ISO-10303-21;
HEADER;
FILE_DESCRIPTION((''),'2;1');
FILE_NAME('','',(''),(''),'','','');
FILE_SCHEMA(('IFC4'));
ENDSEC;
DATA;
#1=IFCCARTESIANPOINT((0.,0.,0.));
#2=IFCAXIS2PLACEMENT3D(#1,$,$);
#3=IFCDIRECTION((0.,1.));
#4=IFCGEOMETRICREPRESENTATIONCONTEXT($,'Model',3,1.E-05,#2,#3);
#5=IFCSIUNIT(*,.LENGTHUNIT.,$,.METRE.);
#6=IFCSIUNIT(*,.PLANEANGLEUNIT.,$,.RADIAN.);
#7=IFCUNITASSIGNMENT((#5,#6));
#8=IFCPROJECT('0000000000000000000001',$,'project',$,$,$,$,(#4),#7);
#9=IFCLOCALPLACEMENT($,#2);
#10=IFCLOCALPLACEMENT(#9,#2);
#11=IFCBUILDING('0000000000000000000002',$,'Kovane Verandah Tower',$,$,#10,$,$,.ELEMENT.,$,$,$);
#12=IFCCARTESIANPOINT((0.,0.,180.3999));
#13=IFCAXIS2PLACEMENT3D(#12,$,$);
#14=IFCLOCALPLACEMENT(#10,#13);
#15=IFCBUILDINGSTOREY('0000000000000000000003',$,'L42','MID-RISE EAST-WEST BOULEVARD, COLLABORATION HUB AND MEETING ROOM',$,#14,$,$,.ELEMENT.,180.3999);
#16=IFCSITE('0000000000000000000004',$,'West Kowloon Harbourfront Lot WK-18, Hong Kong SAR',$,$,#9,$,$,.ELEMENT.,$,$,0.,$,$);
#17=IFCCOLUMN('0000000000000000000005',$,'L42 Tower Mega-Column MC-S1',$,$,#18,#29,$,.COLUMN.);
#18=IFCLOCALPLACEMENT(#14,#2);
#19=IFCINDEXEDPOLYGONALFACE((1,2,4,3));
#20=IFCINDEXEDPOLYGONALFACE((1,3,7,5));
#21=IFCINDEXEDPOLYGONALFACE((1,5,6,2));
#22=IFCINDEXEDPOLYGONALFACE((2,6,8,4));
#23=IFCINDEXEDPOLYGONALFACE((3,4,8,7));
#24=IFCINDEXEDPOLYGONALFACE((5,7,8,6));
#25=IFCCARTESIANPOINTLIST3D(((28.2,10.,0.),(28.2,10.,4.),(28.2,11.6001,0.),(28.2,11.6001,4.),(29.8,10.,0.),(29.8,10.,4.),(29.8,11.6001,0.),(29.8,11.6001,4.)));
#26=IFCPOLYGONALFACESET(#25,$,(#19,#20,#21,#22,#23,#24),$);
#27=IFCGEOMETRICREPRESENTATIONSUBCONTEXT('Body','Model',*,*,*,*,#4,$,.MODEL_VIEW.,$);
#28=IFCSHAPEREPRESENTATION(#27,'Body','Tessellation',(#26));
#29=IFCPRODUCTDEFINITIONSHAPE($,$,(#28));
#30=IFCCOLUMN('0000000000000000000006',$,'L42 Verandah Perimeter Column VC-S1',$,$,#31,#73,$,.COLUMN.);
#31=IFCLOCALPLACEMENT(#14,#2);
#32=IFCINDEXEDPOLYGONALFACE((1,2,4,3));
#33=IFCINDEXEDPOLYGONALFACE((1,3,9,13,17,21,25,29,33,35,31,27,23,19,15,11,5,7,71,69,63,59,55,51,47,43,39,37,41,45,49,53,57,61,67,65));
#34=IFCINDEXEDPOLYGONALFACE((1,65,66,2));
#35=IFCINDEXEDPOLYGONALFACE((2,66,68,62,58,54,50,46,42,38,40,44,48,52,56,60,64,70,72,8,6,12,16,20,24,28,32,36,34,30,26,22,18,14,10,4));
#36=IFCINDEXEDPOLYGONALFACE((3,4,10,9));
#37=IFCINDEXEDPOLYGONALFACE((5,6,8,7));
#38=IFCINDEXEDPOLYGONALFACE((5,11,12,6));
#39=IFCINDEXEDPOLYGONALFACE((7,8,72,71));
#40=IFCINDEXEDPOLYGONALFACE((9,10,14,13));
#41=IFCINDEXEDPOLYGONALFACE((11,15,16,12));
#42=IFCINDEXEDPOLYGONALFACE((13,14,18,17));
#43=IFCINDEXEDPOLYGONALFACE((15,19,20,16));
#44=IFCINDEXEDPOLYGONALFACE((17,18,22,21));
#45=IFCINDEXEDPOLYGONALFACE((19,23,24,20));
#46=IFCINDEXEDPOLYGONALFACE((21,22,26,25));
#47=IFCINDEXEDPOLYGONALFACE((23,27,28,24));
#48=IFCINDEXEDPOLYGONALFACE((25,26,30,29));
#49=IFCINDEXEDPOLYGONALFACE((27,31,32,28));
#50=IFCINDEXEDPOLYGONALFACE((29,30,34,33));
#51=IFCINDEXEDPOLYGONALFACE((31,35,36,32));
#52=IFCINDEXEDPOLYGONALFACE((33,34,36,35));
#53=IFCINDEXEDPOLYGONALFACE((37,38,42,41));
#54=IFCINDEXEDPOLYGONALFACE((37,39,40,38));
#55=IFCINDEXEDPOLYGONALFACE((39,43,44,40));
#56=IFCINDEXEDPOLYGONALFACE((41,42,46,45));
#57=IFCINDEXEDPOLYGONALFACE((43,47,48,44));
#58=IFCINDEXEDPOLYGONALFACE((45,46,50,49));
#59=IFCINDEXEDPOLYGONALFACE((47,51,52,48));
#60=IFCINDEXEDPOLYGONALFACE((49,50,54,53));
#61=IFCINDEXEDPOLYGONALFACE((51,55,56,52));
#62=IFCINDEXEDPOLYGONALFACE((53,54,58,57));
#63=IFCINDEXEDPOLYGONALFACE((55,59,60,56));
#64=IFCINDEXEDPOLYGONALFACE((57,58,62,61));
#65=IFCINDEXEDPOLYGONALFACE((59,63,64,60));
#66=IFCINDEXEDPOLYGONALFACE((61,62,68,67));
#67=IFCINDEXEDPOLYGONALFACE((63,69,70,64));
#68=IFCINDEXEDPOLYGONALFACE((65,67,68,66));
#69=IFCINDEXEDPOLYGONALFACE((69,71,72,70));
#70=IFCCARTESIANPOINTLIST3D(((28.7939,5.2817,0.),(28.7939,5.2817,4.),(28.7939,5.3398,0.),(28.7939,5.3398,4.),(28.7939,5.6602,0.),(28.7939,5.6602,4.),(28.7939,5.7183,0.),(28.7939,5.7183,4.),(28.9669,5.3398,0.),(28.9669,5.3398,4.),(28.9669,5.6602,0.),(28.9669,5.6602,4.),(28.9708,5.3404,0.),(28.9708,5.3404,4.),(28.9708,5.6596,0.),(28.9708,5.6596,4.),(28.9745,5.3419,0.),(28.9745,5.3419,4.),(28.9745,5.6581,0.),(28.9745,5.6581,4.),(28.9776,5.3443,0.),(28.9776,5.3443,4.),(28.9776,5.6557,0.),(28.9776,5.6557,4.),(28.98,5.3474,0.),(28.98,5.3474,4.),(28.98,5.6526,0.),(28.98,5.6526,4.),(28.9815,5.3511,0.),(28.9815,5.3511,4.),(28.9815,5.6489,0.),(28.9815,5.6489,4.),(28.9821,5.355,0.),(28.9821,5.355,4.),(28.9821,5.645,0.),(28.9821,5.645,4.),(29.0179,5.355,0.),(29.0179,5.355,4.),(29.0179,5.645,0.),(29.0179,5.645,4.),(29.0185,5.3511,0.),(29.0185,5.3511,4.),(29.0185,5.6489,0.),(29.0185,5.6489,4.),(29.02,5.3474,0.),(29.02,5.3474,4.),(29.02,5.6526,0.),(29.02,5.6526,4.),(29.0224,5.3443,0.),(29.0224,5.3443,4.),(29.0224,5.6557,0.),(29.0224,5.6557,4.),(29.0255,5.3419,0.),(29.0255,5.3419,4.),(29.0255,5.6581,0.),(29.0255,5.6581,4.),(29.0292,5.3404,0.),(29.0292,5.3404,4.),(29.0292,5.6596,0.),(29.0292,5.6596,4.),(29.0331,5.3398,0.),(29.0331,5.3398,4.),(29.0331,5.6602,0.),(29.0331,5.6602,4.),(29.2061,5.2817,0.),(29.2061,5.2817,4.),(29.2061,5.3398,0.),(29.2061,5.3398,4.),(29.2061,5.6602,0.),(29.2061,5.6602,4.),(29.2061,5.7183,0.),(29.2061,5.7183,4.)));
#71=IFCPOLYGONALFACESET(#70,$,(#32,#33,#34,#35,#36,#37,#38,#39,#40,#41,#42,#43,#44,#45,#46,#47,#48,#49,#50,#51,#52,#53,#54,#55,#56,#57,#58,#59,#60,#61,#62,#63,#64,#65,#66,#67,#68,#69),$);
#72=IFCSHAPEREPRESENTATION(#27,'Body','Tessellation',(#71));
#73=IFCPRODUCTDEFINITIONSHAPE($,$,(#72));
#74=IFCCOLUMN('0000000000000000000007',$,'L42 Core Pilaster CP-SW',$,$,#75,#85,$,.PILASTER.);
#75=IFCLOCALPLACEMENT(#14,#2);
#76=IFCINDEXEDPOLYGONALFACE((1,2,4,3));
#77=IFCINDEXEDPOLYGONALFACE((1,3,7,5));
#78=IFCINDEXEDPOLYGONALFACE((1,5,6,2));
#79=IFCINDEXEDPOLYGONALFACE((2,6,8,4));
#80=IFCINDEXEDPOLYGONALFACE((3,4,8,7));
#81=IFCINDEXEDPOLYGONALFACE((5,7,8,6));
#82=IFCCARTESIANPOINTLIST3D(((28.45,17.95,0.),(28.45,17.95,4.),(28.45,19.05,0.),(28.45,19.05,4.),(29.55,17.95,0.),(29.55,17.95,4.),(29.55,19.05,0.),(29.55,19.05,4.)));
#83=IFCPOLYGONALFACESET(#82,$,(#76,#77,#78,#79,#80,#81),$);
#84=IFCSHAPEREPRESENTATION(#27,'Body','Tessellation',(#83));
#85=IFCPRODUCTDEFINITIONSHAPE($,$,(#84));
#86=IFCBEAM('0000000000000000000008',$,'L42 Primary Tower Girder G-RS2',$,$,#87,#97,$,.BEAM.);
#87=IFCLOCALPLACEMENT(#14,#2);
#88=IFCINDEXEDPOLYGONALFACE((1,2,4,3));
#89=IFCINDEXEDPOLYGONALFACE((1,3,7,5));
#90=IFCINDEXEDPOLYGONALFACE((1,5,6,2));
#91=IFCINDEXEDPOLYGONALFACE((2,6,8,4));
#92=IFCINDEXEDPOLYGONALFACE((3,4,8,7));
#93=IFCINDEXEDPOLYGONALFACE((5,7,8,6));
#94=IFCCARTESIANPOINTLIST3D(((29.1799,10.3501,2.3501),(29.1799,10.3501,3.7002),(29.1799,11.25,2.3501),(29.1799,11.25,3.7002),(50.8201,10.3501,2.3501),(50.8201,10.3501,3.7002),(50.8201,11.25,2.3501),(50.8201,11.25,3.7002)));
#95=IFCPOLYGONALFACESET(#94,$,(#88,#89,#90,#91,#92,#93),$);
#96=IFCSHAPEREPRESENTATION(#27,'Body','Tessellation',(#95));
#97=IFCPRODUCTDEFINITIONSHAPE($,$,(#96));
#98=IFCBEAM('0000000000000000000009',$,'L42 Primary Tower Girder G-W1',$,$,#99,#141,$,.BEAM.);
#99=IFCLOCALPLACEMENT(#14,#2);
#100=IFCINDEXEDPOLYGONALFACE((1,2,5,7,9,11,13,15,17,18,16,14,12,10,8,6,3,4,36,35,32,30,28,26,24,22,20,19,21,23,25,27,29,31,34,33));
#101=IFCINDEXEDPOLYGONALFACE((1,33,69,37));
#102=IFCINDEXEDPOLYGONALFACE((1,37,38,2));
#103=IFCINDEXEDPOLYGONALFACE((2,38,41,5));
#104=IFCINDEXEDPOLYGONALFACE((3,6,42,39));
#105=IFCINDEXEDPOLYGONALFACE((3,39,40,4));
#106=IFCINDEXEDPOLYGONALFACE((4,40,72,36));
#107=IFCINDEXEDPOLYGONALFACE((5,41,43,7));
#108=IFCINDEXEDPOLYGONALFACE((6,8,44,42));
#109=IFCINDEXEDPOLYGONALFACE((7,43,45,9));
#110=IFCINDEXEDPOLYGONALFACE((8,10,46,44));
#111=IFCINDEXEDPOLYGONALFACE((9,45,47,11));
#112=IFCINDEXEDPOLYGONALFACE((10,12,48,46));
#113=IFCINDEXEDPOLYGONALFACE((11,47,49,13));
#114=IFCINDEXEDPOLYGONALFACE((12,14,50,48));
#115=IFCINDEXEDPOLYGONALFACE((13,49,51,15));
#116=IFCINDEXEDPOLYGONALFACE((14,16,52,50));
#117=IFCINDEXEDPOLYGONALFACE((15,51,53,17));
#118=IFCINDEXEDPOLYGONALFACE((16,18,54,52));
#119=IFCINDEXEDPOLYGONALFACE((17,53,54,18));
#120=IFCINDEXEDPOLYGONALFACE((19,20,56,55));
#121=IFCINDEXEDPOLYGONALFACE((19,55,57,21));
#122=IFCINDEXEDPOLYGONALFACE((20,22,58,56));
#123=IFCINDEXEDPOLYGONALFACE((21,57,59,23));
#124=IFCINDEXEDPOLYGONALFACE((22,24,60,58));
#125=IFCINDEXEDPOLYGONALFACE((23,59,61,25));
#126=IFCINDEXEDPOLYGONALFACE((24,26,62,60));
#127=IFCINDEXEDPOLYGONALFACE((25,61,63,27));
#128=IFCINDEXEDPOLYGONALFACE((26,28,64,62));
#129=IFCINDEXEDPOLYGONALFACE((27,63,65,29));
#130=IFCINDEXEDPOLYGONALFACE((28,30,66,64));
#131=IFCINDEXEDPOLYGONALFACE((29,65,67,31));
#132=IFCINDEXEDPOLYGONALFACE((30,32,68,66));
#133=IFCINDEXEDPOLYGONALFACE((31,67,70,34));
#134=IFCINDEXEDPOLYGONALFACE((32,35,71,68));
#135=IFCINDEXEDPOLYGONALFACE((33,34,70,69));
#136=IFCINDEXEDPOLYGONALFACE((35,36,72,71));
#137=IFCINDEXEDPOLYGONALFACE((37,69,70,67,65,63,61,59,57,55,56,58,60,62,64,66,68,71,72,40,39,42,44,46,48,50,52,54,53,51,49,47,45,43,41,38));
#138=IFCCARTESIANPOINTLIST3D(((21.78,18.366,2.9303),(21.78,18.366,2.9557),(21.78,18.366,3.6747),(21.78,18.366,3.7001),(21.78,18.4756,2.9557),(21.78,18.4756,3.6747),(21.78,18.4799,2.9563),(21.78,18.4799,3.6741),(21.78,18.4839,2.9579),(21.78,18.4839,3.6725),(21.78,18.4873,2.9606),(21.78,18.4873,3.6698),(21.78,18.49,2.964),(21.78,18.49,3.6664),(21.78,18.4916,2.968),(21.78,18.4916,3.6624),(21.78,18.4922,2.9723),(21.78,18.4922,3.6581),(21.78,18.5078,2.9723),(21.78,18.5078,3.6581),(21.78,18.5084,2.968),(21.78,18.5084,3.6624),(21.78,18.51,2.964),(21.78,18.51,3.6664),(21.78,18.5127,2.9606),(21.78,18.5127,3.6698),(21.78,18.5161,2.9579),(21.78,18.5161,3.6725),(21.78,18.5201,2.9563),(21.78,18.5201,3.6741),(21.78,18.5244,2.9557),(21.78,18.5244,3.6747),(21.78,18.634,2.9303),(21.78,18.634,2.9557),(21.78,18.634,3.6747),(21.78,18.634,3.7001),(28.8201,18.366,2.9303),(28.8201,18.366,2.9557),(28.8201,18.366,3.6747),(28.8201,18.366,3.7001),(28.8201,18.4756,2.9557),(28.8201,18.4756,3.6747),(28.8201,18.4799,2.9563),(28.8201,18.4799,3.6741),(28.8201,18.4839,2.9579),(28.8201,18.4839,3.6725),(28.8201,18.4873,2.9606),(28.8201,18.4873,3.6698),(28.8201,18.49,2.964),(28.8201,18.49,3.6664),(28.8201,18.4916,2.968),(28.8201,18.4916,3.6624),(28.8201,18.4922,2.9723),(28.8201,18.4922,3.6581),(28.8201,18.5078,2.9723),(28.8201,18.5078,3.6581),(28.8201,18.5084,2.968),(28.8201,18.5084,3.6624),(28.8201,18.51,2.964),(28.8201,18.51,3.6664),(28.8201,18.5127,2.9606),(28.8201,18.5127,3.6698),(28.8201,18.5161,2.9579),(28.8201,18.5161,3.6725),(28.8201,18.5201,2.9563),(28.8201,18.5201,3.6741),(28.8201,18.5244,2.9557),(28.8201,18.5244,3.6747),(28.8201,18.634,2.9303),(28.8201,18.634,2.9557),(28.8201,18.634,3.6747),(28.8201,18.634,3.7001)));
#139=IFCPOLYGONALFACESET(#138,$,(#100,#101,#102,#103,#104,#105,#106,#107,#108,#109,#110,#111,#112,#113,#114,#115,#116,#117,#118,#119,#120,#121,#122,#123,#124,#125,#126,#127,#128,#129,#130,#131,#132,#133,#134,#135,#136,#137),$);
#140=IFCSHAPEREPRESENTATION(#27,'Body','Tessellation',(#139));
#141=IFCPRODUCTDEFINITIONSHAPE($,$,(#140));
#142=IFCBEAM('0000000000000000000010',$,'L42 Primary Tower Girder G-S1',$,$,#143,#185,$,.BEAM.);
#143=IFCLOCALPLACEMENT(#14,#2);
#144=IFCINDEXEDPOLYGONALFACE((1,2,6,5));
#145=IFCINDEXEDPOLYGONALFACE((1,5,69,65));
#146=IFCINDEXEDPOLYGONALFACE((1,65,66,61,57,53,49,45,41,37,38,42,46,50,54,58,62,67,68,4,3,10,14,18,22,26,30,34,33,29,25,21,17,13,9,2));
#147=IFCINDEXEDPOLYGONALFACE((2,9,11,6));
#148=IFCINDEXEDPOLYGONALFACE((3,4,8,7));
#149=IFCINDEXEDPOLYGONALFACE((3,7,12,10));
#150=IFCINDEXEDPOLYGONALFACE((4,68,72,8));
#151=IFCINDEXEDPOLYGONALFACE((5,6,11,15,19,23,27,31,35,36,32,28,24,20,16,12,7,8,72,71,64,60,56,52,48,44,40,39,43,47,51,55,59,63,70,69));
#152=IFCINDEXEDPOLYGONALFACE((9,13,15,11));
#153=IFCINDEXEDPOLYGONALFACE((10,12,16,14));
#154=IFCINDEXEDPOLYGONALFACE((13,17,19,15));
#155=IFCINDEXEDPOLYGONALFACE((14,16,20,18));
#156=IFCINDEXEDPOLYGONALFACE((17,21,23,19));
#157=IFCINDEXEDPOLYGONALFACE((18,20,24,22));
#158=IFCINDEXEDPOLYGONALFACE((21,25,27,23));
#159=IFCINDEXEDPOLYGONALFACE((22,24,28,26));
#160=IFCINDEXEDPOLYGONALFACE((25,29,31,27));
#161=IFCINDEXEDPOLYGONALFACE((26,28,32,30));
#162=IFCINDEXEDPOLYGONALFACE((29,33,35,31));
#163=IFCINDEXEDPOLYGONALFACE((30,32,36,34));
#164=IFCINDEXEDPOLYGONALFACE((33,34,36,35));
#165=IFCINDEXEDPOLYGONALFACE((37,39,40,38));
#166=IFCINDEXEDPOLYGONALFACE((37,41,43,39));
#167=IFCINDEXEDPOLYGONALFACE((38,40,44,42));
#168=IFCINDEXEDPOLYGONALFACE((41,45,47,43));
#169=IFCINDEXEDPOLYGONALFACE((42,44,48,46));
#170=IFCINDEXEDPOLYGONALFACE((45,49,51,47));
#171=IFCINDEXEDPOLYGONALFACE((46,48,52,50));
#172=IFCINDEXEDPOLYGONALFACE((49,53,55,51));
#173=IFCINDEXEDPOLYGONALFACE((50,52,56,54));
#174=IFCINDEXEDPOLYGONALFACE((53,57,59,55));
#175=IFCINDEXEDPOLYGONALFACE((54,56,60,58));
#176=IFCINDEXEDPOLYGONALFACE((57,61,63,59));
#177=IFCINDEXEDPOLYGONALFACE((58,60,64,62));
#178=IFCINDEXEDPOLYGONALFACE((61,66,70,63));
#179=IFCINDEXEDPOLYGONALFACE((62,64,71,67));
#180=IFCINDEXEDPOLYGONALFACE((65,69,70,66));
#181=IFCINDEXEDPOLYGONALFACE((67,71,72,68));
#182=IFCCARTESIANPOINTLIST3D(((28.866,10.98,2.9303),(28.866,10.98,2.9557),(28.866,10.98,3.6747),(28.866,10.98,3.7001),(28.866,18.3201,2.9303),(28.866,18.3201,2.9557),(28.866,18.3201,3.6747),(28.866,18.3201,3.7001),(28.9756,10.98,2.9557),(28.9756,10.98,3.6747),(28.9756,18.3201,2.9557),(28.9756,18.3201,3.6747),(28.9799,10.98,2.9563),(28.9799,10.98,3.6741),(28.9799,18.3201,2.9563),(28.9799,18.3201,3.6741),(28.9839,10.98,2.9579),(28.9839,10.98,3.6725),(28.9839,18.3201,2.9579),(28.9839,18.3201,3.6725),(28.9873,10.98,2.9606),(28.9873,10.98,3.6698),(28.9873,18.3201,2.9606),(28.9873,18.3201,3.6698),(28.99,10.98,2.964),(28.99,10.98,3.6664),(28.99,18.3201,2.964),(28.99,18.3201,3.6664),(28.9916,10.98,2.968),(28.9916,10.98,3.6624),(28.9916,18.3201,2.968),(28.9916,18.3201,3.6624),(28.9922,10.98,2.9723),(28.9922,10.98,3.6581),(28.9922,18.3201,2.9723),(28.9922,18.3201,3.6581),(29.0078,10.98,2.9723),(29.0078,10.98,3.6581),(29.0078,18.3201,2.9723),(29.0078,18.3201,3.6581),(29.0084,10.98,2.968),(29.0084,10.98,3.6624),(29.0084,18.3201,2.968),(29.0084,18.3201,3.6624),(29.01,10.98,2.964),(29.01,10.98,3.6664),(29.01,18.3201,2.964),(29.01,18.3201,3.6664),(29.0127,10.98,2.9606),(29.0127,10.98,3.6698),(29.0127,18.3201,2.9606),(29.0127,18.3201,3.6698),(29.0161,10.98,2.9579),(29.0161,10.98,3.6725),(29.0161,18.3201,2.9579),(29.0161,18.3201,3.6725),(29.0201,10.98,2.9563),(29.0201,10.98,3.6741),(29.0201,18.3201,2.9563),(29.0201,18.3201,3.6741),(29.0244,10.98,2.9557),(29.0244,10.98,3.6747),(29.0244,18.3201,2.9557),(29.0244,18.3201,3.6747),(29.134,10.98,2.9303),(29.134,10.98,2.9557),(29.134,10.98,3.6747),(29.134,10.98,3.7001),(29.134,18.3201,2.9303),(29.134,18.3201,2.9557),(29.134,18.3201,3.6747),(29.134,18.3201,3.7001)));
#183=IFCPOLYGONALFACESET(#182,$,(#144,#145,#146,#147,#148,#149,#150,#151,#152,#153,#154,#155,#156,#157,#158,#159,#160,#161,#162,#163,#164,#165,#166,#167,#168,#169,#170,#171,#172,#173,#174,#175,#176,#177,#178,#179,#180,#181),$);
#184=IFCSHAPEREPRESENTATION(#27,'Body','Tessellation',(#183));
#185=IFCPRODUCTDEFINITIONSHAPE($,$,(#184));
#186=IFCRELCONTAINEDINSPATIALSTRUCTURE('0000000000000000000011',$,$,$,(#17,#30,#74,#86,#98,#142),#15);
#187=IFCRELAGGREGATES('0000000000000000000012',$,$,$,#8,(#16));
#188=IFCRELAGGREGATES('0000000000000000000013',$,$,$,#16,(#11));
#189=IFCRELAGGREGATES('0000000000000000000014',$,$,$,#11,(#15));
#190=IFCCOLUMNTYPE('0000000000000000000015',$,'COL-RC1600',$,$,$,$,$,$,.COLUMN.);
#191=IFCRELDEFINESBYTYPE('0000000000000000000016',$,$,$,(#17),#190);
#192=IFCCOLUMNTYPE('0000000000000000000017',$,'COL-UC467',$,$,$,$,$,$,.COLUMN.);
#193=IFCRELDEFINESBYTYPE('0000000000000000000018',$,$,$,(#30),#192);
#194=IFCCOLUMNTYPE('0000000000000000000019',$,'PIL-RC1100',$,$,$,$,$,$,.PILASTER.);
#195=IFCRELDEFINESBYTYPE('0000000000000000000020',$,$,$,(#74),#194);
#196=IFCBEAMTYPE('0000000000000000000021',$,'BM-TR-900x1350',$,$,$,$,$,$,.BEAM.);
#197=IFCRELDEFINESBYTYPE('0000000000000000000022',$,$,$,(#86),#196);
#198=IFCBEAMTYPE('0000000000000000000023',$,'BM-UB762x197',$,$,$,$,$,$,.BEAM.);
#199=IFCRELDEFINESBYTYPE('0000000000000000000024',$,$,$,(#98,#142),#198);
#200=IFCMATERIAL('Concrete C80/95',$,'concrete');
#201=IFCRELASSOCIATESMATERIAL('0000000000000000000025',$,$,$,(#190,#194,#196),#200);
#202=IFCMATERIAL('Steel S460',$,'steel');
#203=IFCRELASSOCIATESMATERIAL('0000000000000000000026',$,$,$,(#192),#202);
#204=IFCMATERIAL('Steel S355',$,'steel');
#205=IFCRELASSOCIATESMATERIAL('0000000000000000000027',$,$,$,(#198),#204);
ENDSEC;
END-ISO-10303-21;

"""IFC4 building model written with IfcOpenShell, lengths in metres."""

from ifc_helpers import new_model, si_unit, direction, frame, origin, origin_2d, place, context, subcontext, project, spatial, rectangle, i_section, extrude, material, material_profile, profile_set, type_object, element, save


model = new_model("IFC4")

# Units and contexts
model_context = context("Model", 3, precision=1e-05, world=origin(), true_north=direction((0.0, 1.0)))
body_context = subcontext(model_context, "Body", "Model", "MODEL_VIEW")
ifc_project = project(units=[si_unit("LENGTHUNIT", "METRE"), si_unit("PLANEANGLEUNIT", "RADIAN")], contexts=[model_context])

# Site, building, storey
site_placement = place(None, origin())
site = spatial("IfcSite", under=ifc_project, at=site_placement, Name="West Kowloon Harbourfront Lot WK-18, Hong Kong SAR", CompositionType="ELEMENT", RefElevation=0.0)
building_placement = place(site_placement, origin())
building = spatial("IfcBuilding", under=site, at=building_placement, Name="Kovane Verandah Tower", CompositionType="ELEMENT")
storey_placement = place(building_placement, frame((0.0, 0.0, 180.3999)))
storey = spatial("IfcBuildingStorey", under=building, at=storey_placement, Name="L42", Description="MID-RISE EAST-WEST BOULEVARD, COLLABORATION HUB AND MEETING ROOM", CompositionType="ELEMENT", Elevation=180.3999)

# Columns
ifc_material_1 = material(Name="Concrete C80/95", Category="concrete")
ifc_material_profile_1 = material_profile(ifc_material_1, rectangle(XDim=1.6001, YDim=1.6001, at=origin_2d()), Name="RC1600x1600")
ifc_profile_set_1 = profile_set([ifc_material_profile_1], Name="Concrete C80/95")
column_type_1 = type_object("IfcColumnType", Name="COL-RC1600", PredefinedType="COLUMN", material=ifc_profile_set_1)
column_1_placement = place(storey_placement, frame((29.0, 10.8, 0.0), z_axis=(0.0, 0.0, 1.0), x_axis=(1.0, 0.0, 0.0)))
element("IfcColumn", 1, at=column_1_placement, inside=storey, type_object=column_type_1, Name="L42 Tower Mega-Column MC-S1", PredefinedType="COLUMN", context=body_context, shape_type="SweptSolid", body=[
    extrude(rectangle(XDim=1.6001, YDim=1.6001, at=origin_2d()), origin(), (0.0, 0.0, 1.0), 4.0),
])
ifc_material_2 = material(Name="Steel S460", Category="steel")
ifc_material_profile_2 = material_profile(ifc_material_2, i_section(OverallWidth=0.4121, OverallDepth=0.4365, WebThickness=0.0359, FlangeThickness=0.0581, FilletRadius=0.0151, at=origin_2d()), Name="UC356x406x467")
ifc_profile_set_2 = profile_set([ifc_material_profile_2], Name="Steel S460")
column_type_2 = type_object("IfcColumnType", Name="COL-UC467", PredefinedType="COLUMN", material=ifc_profile_set_2)
column_2_placement = place(storey_placement, frame((29.0, 5.5, 0.0), z_axis=(0.0, 0.0, 1.0), x_axis=(1.0, 0.0, 0.0)))
element("IfcColumn", 2, at=column_2_placement, inside=storey, type_object=column_type_2, Name="L42 Verandah Perimeter Column VC-S1", PredefinedType="COLUMN", context=body_context, shape_type="SweptSolid", body=[
    extrude(i_section(OverallWidth=0.4121, OverallDepth=0.4365, WebThickness=0.0359, FlangeThickness=0.0581, FilletRadius=0.0151, at=origin_2d()), origin(), (0.0, 0.0, 1.0), 4.0),
])
ifc_material_profile_3 = material_profile(ifc_material_1, rectangle(XDim=1.1001, YDim=1.1001, at=origin_2d()), Name="RC1100x1100")
ifc_profile_set_3 = profile_set([ifc_material_profile_3], Name="Concrete C80/95")
column_type_3 = type_object("IfcColumnType", Name="PIL-RC1100", PredefinedType="PILASTER", material=ifc_profile_set_3)
column_3_placement = place(storey_placement, frame((29.0, 18.5, 0.0), z_axis=(0.0, 0.0, 1.0), x_axis=(1.0, 0.0, 0.0)))
element("IfcColumn", 3, at=column_3_placement, inside=storey, type_object=column_type_3, Name="L42 Core Pilaster CP-SW", PredefinedType="PILASTER", context=body_context, shape_type="SweptSolid", body=[
    extrude(rectangle(XDim=1.1001, YDim=1.1001, at=origin_2d()), origin(), (0.0, 0.0, 1.0), 4.0),
])

# Beams
ifc_material_profile_4 = material_profile(ifc_material_1, rectangle(XDim=0.8999, YDim=1.3501, at=origin_2d()), Name="RCB900x1350")
ifc_profile_set_4 = profile_set([ifc_material_profile_4], Name="Concrete C80/95")
beam_type_1 = type_object("IfcBeamType", Name="BM-TR-900x1350", PredefinedType="BEAM", material=ifc_profile_set_4)
beam_1_placement = place(storey_placement, frame((29.1799, 10.8, 3.0251), z_axis=(1.0, 0.0, 0.0), x_axis=(0.0, 1.0, 0.0)))
element("IfcBeam", 4, at=beam_1_placement, inside=storey, type_object=beam_type_1, Name="L42 Primary Tower Girder G-RS2", PredefinedType="BEAM", context=body_context, shape_type="SweptSolid", body=[
    extrude(rectangle(XDim=0.8999, YDim=1.3501, at=origin_2d()), origin(), (0.0, 0.0, 1.0), 21.6401),
])
ifc_material_3 = material(Name="Steel S355", Category="steel")
ifc_material_profile_5 = material_profile(ifc_material_3, i_section(OverallWidth=0.2681, OverallDepth=0.7698, WebThickness=0.0156, FlangeThickness=0.0254, FilletRadius=0.0166, at=origin_2d()), Name="UB762x267x197")
ifc_profile_set_5 = profile_set([ifc_material_profile_5], Name="Steel S355")
beam_type_2 = type_object("IfcBeamType", Name="BM-UB762x197", PredefinedType="BEAM", material=ifc_profile_set_5)
beam_2_placement = place(storey_placement, frame((28.8201, 18.5, 3.3152), z_axis=(-1.0, 0.0, 0.0), x_axis=(0.0, -1.0, 0.0)))
element("IfcBeam", 5, at=beam_2_placement, inside=storey, type_object=beam_type_2, Name="L42 Primary Tower Girder G-W1", PredefinedType="BEAM", context=body_context, shape_type="SweptSolid", body=[
    extrude(i_section(OverallWidth=0.2681, OverallDepth=0.7698, WebThickness=0.0156, FlangeThickness=0.0254, FilletRadius=0.0166, at=origin_2d()), origin(), (0.0, 0.0, 1.0), 7.04),
])
beam_3_placement = place(storey_placement, frame((29.0, 18.3201, 3.3152), z_axis=(0.0, -1.0, 0.0), x_axis=(1.0, 0.0, 0.0)))
element("IfcBeam", 6, at=beam_3_placement, inside=storey, type_object=beam_type_2, Name="L42 Primary Tower Girder G-S1", PredefinedType="BEAM", context=body_context, shape_type="SweptSolid", body=[
    extrude(i_section(OverallWidth=0.2681, OverallDepth=0.7698, WebThickness=0.0156, FlangeThickness=0.0254, FilletRadius=0.0166, at=origin_2d()), origin(), (0.0, 0.0, 1.0), 7.3401),
])

save(model, "model.ifc")
